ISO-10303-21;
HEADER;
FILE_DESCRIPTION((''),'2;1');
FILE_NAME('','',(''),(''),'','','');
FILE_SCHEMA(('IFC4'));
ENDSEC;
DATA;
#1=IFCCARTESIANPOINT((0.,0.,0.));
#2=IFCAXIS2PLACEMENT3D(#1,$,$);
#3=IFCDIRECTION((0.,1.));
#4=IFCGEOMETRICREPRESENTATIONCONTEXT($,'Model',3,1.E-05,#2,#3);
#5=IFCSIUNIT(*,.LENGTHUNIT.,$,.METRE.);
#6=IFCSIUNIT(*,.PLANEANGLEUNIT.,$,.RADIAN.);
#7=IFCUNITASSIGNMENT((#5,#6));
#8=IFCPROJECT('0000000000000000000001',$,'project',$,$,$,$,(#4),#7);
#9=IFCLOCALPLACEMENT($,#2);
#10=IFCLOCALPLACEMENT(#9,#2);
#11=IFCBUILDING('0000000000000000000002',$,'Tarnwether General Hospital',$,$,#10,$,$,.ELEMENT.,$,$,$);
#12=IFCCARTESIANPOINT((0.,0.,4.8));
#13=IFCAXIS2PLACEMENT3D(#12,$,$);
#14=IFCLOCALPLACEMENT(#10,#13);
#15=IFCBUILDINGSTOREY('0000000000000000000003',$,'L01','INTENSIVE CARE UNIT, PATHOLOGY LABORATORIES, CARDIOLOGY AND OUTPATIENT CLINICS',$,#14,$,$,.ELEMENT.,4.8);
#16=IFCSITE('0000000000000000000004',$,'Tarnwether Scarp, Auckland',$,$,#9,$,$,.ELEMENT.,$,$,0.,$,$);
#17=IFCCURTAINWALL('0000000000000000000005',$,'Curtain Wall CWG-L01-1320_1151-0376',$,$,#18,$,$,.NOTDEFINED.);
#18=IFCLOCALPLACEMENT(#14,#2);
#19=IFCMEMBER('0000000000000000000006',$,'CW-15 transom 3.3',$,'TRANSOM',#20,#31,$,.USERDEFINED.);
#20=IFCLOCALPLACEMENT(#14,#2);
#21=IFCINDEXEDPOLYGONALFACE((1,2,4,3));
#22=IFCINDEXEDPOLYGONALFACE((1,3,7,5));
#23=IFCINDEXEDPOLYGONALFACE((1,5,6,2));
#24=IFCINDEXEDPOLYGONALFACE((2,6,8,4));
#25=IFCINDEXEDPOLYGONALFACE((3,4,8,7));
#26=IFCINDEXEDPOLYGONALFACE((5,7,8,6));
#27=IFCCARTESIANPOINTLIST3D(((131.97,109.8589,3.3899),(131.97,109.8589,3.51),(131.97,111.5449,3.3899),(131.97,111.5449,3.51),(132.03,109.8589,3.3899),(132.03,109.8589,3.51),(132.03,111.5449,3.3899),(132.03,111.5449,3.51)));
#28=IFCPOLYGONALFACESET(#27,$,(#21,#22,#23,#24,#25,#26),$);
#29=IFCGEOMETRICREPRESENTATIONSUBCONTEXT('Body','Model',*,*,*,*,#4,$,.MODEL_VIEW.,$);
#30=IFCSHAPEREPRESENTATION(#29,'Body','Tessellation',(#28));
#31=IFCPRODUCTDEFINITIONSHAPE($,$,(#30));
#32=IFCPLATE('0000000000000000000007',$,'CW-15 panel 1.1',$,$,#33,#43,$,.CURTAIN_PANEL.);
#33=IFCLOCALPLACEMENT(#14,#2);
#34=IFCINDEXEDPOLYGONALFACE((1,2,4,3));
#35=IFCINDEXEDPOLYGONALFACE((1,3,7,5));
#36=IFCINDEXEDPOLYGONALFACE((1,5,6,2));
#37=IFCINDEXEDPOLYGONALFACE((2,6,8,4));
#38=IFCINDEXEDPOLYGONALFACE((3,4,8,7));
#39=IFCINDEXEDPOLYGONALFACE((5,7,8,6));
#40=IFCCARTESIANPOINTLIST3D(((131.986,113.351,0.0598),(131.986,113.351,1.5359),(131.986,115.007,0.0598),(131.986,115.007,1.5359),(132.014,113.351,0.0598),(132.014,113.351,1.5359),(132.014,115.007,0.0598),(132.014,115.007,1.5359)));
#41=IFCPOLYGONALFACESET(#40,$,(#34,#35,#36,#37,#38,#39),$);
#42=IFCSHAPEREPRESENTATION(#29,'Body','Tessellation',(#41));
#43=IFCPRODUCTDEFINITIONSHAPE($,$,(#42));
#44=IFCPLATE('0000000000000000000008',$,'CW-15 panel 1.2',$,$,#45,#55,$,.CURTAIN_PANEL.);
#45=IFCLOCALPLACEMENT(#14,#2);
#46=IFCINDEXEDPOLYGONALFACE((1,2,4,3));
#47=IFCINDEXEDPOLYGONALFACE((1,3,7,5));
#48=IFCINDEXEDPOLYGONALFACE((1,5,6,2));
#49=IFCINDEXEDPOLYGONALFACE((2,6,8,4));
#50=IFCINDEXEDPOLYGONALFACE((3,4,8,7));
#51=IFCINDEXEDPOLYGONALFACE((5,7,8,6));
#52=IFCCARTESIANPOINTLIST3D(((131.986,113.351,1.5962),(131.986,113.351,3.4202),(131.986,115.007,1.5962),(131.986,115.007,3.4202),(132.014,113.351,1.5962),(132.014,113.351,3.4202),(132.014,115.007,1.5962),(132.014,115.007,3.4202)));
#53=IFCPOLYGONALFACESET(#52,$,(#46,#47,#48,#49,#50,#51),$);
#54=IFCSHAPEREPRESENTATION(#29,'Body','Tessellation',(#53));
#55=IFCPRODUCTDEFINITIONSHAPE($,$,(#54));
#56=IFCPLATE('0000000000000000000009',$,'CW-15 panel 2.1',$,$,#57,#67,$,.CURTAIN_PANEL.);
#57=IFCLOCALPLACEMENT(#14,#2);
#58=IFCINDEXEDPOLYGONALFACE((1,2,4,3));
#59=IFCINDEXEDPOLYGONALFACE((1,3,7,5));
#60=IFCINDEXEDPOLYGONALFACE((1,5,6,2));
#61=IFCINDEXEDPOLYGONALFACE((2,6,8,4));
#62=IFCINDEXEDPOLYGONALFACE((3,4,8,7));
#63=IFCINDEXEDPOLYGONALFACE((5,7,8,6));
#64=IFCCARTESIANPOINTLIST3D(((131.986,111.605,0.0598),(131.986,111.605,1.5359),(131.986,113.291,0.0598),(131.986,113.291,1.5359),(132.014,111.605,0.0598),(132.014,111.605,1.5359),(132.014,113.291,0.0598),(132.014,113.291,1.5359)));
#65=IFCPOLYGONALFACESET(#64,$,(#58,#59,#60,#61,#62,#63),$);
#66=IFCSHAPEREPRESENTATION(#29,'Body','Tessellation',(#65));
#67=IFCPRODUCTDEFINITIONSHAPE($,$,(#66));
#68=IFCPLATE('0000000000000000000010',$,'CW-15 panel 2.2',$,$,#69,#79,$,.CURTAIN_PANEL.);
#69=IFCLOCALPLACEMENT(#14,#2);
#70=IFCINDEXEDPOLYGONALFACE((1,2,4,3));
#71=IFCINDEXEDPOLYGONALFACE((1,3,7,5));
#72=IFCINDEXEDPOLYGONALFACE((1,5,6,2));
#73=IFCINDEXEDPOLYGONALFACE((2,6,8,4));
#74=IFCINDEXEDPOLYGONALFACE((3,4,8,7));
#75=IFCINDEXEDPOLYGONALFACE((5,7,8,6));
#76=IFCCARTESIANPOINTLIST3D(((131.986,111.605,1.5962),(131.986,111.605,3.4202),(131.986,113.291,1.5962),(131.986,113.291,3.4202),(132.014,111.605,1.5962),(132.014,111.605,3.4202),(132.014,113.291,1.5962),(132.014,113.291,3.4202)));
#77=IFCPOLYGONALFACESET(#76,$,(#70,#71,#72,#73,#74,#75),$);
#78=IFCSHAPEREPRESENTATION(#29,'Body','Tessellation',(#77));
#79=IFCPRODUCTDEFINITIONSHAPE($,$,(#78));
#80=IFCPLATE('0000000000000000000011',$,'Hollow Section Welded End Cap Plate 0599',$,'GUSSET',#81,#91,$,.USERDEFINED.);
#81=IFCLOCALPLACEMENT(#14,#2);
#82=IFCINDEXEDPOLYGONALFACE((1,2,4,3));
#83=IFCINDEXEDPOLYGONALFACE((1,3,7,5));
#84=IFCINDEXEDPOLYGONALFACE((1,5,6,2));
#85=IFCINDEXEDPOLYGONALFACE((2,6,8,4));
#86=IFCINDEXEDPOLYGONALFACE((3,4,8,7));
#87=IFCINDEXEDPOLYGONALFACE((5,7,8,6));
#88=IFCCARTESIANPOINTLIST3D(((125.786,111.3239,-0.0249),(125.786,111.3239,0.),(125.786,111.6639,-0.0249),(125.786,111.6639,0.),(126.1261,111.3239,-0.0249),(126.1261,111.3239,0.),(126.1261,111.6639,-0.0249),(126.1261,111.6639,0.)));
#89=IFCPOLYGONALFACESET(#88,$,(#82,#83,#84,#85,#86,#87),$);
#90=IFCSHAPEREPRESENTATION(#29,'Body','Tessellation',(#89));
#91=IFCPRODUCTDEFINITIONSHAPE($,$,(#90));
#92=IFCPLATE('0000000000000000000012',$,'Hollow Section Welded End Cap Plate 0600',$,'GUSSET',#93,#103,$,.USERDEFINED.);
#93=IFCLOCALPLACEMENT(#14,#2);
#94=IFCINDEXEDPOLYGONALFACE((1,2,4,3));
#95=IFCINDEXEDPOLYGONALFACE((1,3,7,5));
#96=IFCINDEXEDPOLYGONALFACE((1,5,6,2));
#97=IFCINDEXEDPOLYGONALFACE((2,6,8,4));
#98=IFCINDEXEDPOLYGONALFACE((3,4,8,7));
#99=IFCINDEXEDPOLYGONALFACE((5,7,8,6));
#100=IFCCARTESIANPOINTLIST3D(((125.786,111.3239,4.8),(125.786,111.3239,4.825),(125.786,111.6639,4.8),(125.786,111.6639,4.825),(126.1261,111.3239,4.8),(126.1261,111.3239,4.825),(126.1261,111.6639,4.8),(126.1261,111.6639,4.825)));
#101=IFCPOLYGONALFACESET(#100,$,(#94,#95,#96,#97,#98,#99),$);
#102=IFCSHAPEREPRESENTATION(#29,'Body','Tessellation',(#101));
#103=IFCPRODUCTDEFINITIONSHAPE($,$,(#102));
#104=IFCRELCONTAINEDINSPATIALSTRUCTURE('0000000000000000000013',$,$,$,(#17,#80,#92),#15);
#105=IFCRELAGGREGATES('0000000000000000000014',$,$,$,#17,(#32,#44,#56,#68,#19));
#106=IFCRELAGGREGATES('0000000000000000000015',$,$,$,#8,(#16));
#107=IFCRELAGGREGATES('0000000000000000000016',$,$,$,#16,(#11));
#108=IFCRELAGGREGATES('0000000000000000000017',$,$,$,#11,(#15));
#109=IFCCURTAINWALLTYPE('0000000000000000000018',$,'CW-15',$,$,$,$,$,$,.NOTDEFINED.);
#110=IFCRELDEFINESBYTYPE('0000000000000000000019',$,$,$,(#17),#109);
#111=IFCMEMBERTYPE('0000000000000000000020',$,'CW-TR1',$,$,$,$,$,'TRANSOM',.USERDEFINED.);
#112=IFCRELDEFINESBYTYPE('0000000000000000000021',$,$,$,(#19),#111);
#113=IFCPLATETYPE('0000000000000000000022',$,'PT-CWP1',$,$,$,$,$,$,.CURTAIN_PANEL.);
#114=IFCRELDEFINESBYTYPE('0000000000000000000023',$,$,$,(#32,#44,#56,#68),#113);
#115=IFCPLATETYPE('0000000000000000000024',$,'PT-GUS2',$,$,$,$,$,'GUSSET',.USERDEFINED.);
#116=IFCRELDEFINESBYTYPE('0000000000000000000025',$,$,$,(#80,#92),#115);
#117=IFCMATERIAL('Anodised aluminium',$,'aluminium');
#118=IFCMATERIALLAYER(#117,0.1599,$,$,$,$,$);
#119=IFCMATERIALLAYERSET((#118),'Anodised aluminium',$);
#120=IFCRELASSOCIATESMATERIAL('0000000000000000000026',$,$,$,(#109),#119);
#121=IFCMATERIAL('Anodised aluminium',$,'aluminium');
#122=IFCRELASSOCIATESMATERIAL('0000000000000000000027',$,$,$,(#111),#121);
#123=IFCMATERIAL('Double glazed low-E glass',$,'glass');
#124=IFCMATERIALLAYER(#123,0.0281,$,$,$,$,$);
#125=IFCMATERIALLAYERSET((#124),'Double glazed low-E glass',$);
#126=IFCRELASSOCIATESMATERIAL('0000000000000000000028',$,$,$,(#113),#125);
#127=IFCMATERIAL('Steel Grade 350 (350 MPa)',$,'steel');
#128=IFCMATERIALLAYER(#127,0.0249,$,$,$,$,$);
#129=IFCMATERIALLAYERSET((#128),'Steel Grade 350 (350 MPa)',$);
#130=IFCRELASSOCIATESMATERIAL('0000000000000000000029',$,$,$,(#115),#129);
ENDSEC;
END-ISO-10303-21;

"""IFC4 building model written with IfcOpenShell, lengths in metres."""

from ifc_helpers import new_model, si_unit, direction, frame, origin, origin_2d, place, context, subcontext, project, spatial, rectangle, extrude, material, layer, layer_set, material_profile, profile_set, type_object, element, aggregate, save


model = new_model("IFC4")

# Units and contexts
model_context = context("Model", 3, precision=1e-05, world=origin(), true_north=direction((0.0, 1.0)))
body_context = subcontext(model_context, "Body", "Model", "MODEL_VIEW")
ifc_project = project(units=[si_unit("LENGTHUNIT", "METRE"), si_unit("PLANEANGLEUNIT", "RADIAN")], contexts=[model_context])

# Site, building, storey
site_placement = place(None, origin())
site = spatial("IfcSite", under=ifc_project, at=site_placement, Name="Tarnwether Scarp, Auckland", CompositionType="ELEMENT", RefElevation=0.0)
building_placement = place(site_placement, origin())
building = spatial("IfcBuilding", under=site, at=building_placement, Name="Tarnwether General Hospital", CompositionType="ELEMENT")
storey_placement = place(building_placement, frame((0.0, 0.0, 4.8)))
storey = spatial("IfcBuildingStorey", under=building, at=storey_placement, Name="L01", Description="INTENSIVE CARE UNIT, PATHOLOGY LABORATORIES, CARDIOLOGY AND OUTPATIENT CLINICS", CompositionType="ELEMENT", Elevation=4.8)

# Curtain wall, member, plates
ifc_material_1 = material(Name="Anodised aluminium", Category="aluminium")
ifc_layer_1 = layer(ifc_material_1, 0.1599)
ifc_layer_set_1 = layer_set([ifc_layer_1], Name="Anodised aluminium")
curtain_wall_type = type_object("IfcCurtainWallType", Name="CW-15", PredefinedType="NOTDEFINED", material=ifc_layer_set_1)
curtain_wall_placement = place(storey_placement, origin())
curtain_wall = element("IfcCurtainWall", 1, at=curtain_wall_placement, inside=storey, type_object=curtain_wall_type, Name="Curtain Wall CWG-L01-1320_1151-0376", PredefinedType="NOTDEFINED")
ifc_material_2 = material(Name="Anodised aluminium", Category="aluminium")
ifc_material_profile_1 = material_profile(ifc_material_2, rectangle(XDim=0.0601, YDim=0.1201, at=origin_2d()), Name="ALU-TRN-60x120")
ifc_profile_set_1 = profile_set([ifc_material_profile_1], Name="Anodised aluminium")
member_type_1 = type_object("IfcMemberType", Name="CW-TR1", ElementType="TRANSOM", PredefinedType="USERDEFINED", material=ifc_profile_set_1)
member_1_placement = place(storey_placement, frame((132.0, 111.5449, 3.45), z_axis=(0.0, -1.0, 0.0), x_axis=(1.0, 0.0, 0.0)))
member_1 = element("IfcMember", 2, at=member_1_placement, type_object=member_type_1, Name="CW-15 transom 3.3", ObjectType="TRANSOM", PredefinedType="USERDEFINED", context=body_context, shape_type="SweptSolid", body=[
    extrude(rectangle(XDim=0.0601, YDim=0.1201, at=origin_2d()), origin(), (0.0, 0.0, 1.0), 1.686),
])
ifc_material_3 = material(Name="Double glazed low-E glass", Category="glass")
ifc_layer_2 = layer(ifc_material_3, 0.0281)
ifc_layer_set_2 = layer_set([ifc_layer_2], Name="Double glazed low-E glass")
plate_type_1 = type_object("IfcPlateType", Name="PT-CWP1", PredefinedType="CURTAIN_PANEL", material=ifc_layer_set_2)
plate_1_placement = place(storey_placement, frame((132.0, 114.179, 0.0598), z_axis=(0.0, 0.0, 1.0), x_axis=(0.0, -1.0, 0.0)))
plate_1 = element("IfcPlate", 3, at=plate_1_placement, type_object=plate_type_1, Name="CW-15 panel 1.1", PredefinedType="CURTAIN_PANEL", context=body_context, shape_type="SweptSolid", body=[
    extrude(rectangle(XDim=1.656, YDim=0.0281, at=origin_2d()), origin(), (0.0, 0.0, 1.0), 1.4761),
])
plate_2_placement = place(storey_placement, frame((132.0, 114.179, 1.5962), z_axis=(0.0, 0.0, 1.0), x_axis=(0.0, -1.0, 0.0)))
plate_2 = element("IfcPlate", 4, at=plate_2_placement, type_object=plate_type_1, Name="CW-15 panel 1.2", PredefinedType="CURTAIN_PANEL", context=body_context, shape_type="SweptSolid", body=[
    extrude(rectangle(XDim=1.656, YDim=0.0281, at=origin_2d()), origin(), (0.0, 0.0, 1.0), 1.824),
])
plate_3_placement = place(storey_placement, frame((132.0, 112.448, 0.0598), z_axis=(0.0, 0.0, 1.0), x_axis=(0.0, -1.0, 0.0)))
plate_3 = element("IfcPlate", 5, at=plate_3_placement, type_object=plate_type_1, Name="CW-15 panel 2.1", PredefinedType="CURTAIN_PANEL", context=body_context, shape_type="SweptSolid", body=[
    extrude(rectangle(XDim=1.686, YDim=0.0281, at=origin_2d()), origin(), (0.0, 0.0, 1.0), 1.4761),
])
plate_4_placement = place(storey_placement, frame((132.0, 112.448, 1.5962), z_axis=(0.0, 0.0, 1.0), x_axis=(0.0, -1.0, 0.0)))
plate_4 = element("IfcPlate", 6, at=plate_4_placement, type_object=plate_type_1, Name="CW-15 panel 2.2", PredefinedType="CURTAIN_PANEL", context=body_context, shape_type="SweptSolid", body=[
    extrude(rectangle(XDim=1.686, YDim=0.0281, at=origin_2d()), origin(), (0.0, 0.0, 1.0), 1.824),
])
aggregate(curtain_wall, [plate_1, plate_2, plate_3, plate_4, member_1])

# Plates
ifc_material_4 = material(Name="Steel Grade 350 (350 MPa)", Category="steel")
ifc_layer_3 = layer(ifc_material_4, 0.0249)
ifc_layer_set_3 = layer_set([ifc_layer_3], Name="Steel Grade 350 (350 MPa)")
plate_type_2 = type_object("IfcPlateType", Name="PT-GUS2", ElementType="GUSSET", PredefinedType="USERDEFINED", material=ifc_layer_set_3)
for number, where, z_axis, x_axis, name in (
    (7, (125.9561, 111.4939, -0.0249), (0.0, 0.0, 1.0), (1.0, 0.0, 0.0), "Hollow Section Welded End Cap Plate 0599"),
    (8, (125.9561, 111.4939, 4.8), (0.0, 0.0, 1.0), (1.0, 0.0, 0.0), "Hollow Section Welded End Cap Plate 0600"),
):
    element("IfcPlate", number, at=place(storey_placement, frame(where, z_axis=z_axis, x_axis=x_axis)), inside=storey, type_object=plate_type_2, Name=name, ObjectType="GUSSET", PredefinedType="USERDEFINED", context=body_context, shape_type="SweptSolid", body=[
        extrude(rectangle(XDim=0.3401, YDim=0.3401, at=origin_2d()), origin(), (0.0, 0.0, 1.0), 0.0249),
    ])

save(model, "model.ifc")
